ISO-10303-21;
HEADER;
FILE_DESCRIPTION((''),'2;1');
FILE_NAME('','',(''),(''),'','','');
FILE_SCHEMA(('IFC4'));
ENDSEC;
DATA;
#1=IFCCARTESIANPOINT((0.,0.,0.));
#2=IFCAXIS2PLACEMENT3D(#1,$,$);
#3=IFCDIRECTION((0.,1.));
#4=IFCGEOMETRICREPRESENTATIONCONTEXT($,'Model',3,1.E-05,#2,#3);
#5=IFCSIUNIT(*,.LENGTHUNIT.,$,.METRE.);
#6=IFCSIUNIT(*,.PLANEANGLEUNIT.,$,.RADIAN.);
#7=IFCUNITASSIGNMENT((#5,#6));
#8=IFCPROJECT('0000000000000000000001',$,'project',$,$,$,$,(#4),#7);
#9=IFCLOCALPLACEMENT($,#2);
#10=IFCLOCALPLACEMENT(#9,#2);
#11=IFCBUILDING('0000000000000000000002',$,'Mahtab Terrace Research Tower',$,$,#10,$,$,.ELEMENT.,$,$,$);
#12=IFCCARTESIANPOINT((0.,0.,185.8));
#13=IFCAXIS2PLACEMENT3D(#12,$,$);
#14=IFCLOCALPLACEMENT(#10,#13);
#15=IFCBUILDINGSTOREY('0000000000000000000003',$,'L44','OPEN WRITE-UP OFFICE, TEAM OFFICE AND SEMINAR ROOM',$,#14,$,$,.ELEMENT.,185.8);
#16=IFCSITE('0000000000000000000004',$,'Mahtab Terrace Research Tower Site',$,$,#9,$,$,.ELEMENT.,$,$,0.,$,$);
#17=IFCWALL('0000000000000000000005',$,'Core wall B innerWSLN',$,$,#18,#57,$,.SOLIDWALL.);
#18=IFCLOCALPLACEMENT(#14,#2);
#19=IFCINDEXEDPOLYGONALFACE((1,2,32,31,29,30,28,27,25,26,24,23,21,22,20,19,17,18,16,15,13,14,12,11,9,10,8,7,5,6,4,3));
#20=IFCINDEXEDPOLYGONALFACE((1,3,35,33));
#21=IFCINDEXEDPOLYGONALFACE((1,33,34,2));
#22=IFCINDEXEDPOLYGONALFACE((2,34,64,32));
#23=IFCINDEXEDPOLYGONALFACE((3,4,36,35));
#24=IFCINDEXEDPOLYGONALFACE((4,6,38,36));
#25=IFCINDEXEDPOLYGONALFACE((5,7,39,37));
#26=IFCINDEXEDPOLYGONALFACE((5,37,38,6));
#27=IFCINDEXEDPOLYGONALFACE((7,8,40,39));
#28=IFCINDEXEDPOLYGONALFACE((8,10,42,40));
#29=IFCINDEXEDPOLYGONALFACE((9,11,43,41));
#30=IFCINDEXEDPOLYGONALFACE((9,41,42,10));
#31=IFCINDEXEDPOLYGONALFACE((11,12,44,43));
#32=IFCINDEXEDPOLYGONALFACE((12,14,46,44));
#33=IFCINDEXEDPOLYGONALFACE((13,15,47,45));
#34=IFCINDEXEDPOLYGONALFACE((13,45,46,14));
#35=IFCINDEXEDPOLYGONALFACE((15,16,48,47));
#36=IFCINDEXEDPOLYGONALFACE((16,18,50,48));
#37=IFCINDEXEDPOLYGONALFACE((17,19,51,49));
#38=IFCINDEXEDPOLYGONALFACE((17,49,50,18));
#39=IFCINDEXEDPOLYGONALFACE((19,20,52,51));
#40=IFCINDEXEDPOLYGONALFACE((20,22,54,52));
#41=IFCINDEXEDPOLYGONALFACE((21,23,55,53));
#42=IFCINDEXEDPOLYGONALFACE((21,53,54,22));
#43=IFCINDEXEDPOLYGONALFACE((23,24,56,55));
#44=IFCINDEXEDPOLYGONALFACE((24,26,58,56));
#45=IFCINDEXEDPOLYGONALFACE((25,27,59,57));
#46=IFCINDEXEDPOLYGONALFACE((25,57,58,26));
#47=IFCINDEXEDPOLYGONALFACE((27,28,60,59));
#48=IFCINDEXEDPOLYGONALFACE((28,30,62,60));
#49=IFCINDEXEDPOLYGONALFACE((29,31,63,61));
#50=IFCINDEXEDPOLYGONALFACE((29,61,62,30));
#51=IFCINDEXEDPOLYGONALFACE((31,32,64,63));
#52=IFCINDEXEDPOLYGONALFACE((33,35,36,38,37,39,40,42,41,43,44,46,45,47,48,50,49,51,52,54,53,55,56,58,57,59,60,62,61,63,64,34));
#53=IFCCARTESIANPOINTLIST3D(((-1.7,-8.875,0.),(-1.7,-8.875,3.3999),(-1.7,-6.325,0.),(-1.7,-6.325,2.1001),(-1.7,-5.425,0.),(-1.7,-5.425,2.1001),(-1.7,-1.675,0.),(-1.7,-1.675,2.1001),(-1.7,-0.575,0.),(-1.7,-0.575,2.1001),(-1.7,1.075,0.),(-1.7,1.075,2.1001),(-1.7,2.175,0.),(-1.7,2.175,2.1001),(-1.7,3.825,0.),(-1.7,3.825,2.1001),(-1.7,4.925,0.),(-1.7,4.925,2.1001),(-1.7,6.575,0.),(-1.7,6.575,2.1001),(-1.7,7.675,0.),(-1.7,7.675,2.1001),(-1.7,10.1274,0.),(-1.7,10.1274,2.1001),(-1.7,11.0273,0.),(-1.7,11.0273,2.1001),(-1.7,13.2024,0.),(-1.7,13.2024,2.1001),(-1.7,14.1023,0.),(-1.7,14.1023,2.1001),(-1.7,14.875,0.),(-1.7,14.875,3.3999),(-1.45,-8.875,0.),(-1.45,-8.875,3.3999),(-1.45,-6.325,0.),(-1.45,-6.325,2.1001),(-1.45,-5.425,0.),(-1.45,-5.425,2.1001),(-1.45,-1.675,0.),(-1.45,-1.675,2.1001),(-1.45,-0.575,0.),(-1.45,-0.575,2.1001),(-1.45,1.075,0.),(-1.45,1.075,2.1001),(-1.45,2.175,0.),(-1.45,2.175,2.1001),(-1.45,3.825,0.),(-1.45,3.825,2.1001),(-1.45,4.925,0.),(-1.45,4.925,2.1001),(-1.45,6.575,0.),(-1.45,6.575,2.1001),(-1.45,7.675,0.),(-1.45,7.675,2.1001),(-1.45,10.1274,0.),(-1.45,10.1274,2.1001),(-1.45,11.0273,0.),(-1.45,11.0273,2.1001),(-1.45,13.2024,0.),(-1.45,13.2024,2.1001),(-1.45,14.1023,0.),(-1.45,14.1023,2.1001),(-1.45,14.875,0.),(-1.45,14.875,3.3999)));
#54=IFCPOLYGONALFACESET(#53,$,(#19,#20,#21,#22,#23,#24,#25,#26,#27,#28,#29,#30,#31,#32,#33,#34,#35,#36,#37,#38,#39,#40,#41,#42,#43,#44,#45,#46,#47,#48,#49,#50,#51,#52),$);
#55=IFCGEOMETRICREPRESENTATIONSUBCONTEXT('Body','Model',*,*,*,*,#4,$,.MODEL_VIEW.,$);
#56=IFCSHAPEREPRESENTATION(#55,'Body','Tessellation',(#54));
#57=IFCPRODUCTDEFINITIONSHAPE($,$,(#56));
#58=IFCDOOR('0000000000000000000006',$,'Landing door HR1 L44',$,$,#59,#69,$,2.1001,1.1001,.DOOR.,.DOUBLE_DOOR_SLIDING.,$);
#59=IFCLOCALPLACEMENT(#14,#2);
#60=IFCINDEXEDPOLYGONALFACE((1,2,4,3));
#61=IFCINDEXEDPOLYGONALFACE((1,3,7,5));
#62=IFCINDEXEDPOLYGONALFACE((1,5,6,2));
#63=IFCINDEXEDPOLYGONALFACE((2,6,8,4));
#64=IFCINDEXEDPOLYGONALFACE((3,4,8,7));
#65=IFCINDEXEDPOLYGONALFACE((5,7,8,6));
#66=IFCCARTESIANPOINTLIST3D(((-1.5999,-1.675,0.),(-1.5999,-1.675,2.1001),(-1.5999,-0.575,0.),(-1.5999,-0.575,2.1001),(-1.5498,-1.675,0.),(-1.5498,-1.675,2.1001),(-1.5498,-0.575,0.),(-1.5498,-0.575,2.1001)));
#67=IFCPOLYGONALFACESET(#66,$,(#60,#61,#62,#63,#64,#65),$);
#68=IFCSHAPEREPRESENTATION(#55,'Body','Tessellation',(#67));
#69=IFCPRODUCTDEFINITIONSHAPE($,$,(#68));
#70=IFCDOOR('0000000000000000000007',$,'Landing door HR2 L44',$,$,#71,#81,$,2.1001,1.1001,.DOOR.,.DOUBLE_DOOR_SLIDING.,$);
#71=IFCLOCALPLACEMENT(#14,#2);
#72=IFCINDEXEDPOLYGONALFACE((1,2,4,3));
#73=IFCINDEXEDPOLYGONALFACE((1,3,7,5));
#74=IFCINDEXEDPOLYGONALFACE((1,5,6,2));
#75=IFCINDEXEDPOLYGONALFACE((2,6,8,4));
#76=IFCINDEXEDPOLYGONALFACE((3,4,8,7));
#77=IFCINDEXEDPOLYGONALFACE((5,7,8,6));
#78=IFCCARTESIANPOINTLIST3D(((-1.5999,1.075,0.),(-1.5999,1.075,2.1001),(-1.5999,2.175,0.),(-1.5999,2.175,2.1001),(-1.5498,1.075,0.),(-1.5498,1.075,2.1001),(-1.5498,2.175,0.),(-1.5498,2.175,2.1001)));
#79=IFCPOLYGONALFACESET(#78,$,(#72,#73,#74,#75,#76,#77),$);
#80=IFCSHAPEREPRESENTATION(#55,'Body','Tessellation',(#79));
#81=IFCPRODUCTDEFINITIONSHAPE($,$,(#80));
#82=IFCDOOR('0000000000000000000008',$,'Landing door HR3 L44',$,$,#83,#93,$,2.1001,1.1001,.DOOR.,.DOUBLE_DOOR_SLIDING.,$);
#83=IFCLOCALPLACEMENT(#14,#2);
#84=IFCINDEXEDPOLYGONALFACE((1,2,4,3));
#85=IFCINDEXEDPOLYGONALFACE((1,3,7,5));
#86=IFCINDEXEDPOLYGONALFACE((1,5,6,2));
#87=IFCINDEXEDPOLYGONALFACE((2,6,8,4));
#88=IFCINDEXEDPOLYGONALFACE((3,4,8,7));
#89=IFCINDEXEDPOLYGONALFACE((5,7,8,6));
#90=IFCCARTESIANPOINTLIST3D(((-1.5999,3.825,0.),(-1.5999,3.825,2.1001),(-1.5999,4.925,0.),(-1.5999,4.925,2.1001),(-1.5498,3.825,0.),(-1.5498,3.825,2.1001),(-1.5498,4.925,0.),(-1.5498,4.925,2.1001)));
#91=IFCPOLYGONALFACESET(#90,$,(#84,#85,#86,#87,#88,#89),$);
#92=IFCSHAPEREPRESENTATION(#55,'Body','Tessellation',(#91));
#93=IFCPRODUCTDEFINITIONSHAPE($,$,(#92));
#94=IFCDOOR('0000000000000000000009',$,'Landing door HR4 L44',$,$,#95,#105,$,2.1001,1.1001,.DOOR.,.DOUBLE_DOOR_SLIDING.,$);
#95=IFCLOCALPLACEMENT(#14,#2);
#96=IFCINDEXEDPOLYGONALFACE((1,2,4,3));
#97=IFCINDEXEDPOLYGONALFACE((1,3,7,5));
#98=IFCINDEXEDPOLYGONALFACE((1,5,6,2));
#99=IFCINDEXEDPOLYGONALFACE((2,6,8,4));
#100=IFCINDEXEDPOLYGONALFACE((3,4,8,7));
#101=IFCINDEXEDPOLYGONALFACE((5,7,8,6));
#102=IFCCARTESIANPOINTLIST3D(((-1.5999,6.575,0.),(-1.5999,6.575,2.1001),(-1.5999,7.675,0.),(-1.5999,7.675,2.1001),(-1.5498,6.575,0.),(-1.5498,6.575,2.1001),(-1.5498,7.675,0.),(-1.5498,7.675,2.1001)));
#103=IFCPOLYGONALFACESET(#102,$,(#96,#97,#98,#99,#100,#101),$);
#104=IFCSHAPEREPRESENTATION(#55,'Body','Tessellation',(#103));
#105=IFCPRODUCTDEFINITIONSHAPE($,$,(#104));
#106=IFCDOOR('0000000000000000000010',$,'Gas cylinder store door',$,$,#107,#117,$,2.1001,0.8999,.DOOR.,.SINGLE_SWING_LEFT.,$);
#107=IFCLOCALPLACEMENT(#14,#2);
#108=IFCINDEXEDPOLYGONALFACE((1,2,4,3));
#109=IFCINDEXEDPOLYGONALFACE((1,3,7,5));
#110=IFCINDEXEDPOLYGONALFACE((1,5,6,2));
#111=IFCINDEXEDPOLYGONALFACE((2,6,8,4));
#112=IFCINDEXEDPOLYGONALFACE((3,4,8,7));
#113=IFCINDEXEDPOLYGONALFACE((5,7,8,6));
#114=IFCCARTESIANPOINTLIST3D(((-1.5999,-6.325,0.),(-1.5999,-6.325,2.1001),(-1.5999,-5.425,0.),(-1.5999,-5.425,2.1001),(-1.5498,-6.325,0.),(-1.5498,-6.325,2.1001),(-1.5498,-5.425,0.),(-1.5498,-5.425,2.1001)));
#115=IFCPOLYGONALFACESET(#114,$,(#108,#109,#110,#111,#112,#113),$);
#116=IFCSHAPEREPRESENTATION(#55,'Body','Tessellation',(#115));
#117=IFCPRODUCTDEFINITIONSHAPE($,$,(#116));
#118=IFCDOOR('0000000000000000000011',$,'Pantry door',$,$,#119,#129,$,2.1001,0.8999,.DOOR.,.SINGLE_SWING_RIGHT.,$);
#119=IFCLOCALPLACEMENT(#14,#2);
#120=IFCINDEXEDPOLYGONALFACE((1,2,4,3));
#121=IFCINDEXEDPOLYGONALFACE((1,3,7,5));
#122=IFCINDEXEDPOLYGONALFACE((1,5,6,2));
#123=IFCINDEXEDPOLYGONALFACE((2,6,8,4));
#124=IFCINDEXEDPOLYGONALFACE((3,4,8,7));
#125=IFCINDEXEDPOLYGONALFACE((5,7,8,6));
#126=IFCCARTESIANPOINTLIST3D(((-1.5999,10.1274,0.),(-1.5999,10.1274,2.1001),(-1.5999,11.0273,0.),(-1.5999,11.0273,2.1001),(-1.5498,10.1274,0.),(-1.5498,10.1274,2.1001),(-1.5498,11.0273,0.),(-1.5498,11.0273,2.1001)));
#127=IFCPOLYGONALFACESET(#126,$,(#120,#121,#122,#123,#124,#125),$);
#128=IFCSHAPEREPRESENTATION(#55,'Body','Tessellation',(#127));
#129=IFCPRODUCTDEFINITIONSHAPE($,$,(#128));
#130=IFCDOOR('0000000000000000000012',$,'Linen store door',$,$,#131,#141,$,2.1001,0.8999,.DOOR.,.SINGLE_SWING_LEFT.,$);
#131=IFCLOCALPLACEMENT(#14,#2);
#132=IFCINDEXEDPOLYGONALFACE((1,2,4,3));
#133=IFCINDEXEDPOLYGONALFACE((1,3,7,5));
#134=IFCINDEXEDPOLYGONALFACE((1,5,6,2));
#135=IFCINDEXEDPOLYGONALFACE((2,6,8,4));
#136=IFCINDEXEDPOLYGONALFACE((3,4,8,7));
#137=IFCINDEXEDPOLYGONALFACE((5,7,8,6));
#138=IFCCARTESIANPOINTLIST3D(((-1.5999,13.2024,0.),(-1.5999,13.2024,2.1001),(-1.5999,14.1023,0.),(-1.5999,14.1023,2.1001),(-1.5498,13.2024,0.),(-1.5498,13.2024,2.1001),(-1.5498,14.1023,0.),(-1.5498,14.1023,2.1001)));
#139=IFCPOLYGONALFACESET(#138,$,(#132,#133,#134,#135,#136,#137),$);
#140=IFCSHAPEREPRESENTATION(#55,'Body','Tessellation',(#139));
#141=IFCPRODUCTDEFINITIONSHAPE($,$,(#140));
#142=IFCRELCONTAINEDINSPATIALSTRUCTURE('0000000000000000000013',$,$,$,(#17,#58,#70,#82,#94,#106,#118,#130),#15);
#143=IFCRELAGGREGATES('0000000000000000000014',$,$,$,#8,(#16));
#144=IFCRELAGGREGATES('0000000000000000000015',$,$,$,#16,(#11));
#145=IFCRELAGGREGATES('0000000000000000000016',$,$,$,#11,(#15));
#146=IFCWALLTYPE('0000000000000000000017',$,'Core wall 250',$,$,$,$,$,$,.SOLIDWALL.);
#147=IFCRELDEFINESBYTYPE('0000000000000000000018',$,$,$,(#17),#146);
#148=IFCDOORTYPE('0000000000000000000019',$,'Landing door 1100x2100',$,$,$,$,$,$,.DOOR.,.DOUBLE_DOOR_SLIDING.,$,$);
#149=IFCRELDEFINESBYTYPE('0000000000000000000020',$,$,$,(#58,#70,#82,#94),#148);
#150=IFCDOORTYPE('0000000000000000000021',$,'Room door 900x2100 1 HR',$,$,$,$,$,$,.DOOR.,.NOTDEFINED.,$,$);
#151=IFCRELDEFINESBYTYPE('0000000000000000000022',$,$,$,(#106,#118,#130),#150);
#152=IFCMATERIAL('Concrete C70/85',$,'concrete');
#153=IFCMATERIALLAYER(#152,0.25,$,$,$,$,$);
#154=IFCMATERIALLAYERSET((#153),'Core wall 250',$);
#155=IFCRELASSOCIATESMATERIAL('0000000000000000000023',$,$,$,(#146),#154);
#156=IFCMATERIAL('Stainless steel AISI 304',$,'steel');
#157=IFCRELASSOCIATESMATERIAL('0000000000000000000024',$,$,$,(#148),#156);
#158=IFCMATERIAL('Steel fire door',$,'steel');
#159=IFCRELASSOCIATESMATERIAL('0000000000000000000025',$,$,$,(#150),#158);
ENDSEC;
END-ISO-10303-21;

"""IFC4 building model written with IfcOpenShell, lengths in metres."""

from ifc_helpers import new_model, si_unit, direction, frame, frame_2d, origin, place, context, subcontext, project, spatial, rectangle, extrude, material, layer, layer_set, type_object, element, fill, save


model = new_model("IFC4")

# Units and contexts
model_context = context("Model", 3, precision=1e-05, world=origin(), true_north=direction((0.0, 1.0)))
body_context = subcontext(model_context, "Body", "Model", "MODEL_VIEW")
ifc_project = project(units=[si_unit("LENGTHUNIT", "METRE"), si_unit("PLANEANGLEUNIT", "RADIAN")], contexts=[model_context])

# Site, building, storey
site_placement = place(None, origin())
site = spatial("IfcSite", under=ifc_project, at=site_placement, Name="Mahtab Terrace Research Tower Site", CompositionType="ELEMENT", RefElevation=0.0)
building_placement = place(site_placement, origin())
building = spatial("IfcBuilding", under=site, at=building_placement, Name="Mahtab Terrace Research Tower", CompositionType="ELEMENT")
storey_placement = place(building_placement, frame((0.0, 0.0, 185.8)))
storey = spatial("IfcBuildingStorey", under=building, at=storey_placement, Name="L44", Description="OPEN WRITE-UP OFFICE, TEAM OFFICE AND SEMINAR ROOM", CompositionType="ELEMENT", Elevation=185.8)

# Shared definitions
ifc_material_1 = material(Name="Concrete C70/85", Category="concrete")

# Wall, openings, doors
ifc_layer_1 = layer(ifc_material_1, 0.25)
ifc_layer_set_1 = layer_set([ifc_layer_1], Name="Core wall 250")
wall_type_1 = type_object("IfcWallType", Name="Core wall 250", PredefinedType="SOLIDWALL", material=ifc_layer_set_1)
wall_1_placement = place(storey_placement, frame((-1.575, -8.875, 0.0), z_axis=(0.0, 0.0, 1.0), x_axis=(0.0, 1.0, 0.0)))
wall_1 = element("IfcWall", 1, at=wall_1_placement, inside=storey, type_object=wall_type_1, Name="Core wall B innerWSLN", PredefinedType="SOLIDWALL", context=body_context, shape_type="SweptSolid", body=[
    extrude(rectangle(XDim=23.75, YDim=0.25, at=frame_2d((11.875, 0.0))), origin(), (0.0, 0.0, 1.0), 3.3999),
])
opening_1_placement = place(wall_1_placement, frame((7.2, 0.0, 0.0)))
opening_1 = element("IfcOpeningElement", 2, at=opening_1_placement, cuts=wall_1, PredefinedType="OPENING", context=body_context, shape_type="SweptSolid", body=[
    extrude(rectangle(XDim=1.1001, YDim=2.1001, at=frame_2d((0.55, 1.05))), frame((0.0, 0.135, 0.0), z_axis=(0.0, -1.0, 0.0), x_axis=(1.0, 0.0, 0.0)), (0.0, 0.0, 1.0), 0.27),
])
opening_2_placement = place(wall_1_placement, frame((9.95, 0.0, 0.0)))
opening_2 = element("IfcOpeningElement", 3, at=opening_2_placement, cuts=wall_1, PredefinedType="OPENING", context=body_context, shape_type="SweptSolid", body=[
    extrude(rectangle(XDim=1.1001, YDim=2.1001, at=frame_2d((0.55, 1.05))), frame((0.0, 0.135, 0.0), z_axis=(0.0, -1.0, 0.0), x_axis=(1.0, 0.0, 0.0)), (0.0, 0.0, 1.0), 0.27),
])
opening_3_placement = place(wall_1_placement, frame((12.7, 0.0, 0.0)))
opening_3 = element("IfcOpeningElement", 4, at=opening_3_placement, cuts=wall_1, PredefinedType="OPENING", context=body_context, shape_type="SweptSolid", body=[
    extrude(rectangle(XDim=1.1001, YDim=2.1001, at=frame_2d((0.55, 1.05))), frame((0.0, 0.135, 0.0), z_axis=(0.0, -1.0, 0.0), x_axis=(1.0, 0.0, 0.0)), (0.0, 0.0, 1.0), 0.27),
])
opening_4_placement = place(wall_1_placement, frame((15.45, 0.0, 0.0)))
opening_4 = element("IfcOpeningElement", 5, at=opening_4_placement, cuts=wall_1, PredefinedType="OPENING", context=body_context, shape_type="SweptSolid", body=[
    extrude(rectangle(XDim=1.1001, YDim=2.1001, at=frame_2d((0.55, 1.05))), frame((0.0, 0.135, 0.0), z_axis=(0.0, -1.0, 0.0), x_axis=(1.0, 0.0, 0.0)), (0.0, 0.0, 1.0), 0.27),
])
opening_5_placement = place(wall_1_placement, frame((2.55, 0.0, 0.0)))
opening_5 = element("IfcOpeningElement", 6, at=opening_5_placement, cuts=wall_1, PredefinedType="OPENING", context=body_context, shape_type="SweptSolid", body=[
    extrude(rectangle(XDim=0.8999, YDim=2.1001, at=frame_2d((0.45, 1.05))), frame((0.0, 0.135, 0.0), z_axis=(0.0, -1.0, 0.0), x_axis=(1.0, 0.0, 0.0)), (0.0, 0.0, 1.0), 0.27),
])
opening_6_placement = place(wall_1_placement, frame((19.0024, 0.0, 0.0)))
opening_6 = element("IfcOpeningElement", 7, at=opening_6_placement, cuts=wall_1, PredefinedType="OPENING", context=body_context, shape_type="SweptSolid", body=[
    extrude(rectangle(XDim=0.8999, YDim=2.1001, at=frame_2d((0.45, 1.05))), frame((0.0, 0.135, 0.0), z_axis=(0.0, -1.0, 0.0), x_axis=(1.0, 0.0, 0.0)), (0.0, 0.0, 1.0), 0.27),
])
opening_7_placement = place(wall_1_placement, frame((22.0774, 0.0, 0.0)))
opening_7 = element("IfcOpeningElement", 8, at=opening_7_placement, cuts=wall_1, PredefinedType="OPENING", context=body_context, shape_type="SweptSolid", body=[
    extrude(rectangle(XDim=0.8999, YDim=2.1001, at=frame_2d((0.45, 1.05))), frame((0.0, 0.135, 0.0), z_axis=(0.0, -1.0, 0.0), x_axis=(1.0, 0.0, 0.0)), (0.0, 0.0, 1.0), 0.27),
])
ifc_material_2 = material(Name="Stainless steel AISI 304", Category="steel")
door_type_1 = type_object("IfcDoorType", Name="Landing door 1100x2100", OperationType="DOUBLE_DOOR_SLIDING", PredefinedType="DOOR", material=ifc_material_2)
door_1_placement = place(opening_1_placement, origin())
door_1 = element("IfcDoor", 9, at=door_1_placement, inside=storey, type_object=door_type_1, Name="Landing door HR1 L44", OperationType="DOUBLE_DOOR_SLIDING", OverallHeight=2.1001, OverallWidth=1.1001, PredefinedType="DOOR", context=body_context, shape_type="SweptSolid", body=[
    extrude(rectangle(XDim=1.1001, YDim=2.1001, at=frame_2d((0.55, 1.05))), frame((0.0, 0.0249, 0.0), z_axis=(0.0, -1.0, 0.0), x_axis=(1.0, 0.0, 0.0)), (0.0, 0.0, 1.0), 0.05),
])
fill(opening_1, door_1)
door_2_placement = place(opening_2_placement, origin())
door_2 = element("IfcDoor", 10, at=door_2_placement, inside=storey, type_object=door_type_1, Name="Landing door HR2 L44", OperationType="DOUBLE_DOOR_SLIDING", OverallHeight=2.1001, OverallWidth=1.1001, PredefinedType="DOOR", context=body_context, shape_type="SweptSolid", body=[
    extrude(rectangle(XDim=1.1001, YDim=2.1001, at=frame_2d((0.55, 1.05))), frame((0.0, 0.0249, 0.0), z_axis=(0.0, -1.0, 0.0), x_axis=(1.0, 0.0, 0.0)), (0.0, 0.0, 1.0), 0.05),
])
fill(opening_2, door_2)
door_3_placement = place(opening_3_placement, origin())
door_3 = element("IfcDoor", 11, at=door_3_placement, inside=storey, type_object=door_type_1, Name="Landing door HR3 L44", OperationType="DOUBLE_DOOR_SLIDING", OverallHeight=2.1001, OverallWidth=1.1001, PredefinedType="DOOR", context=body_context, shape_type="SweptSolid", body=[
    extrude(rectangle(XDim=1.1001, YDim=2.1001, at=frame_2d((0.55, 1.05))), frame((0.0, 0.0249, 0.0), z_axis=(0.0, -1.0, 0.0), x_axis=(1.0, 0.0, 0.0)), (0.0, 0.0, 1.0), 0.05),
])
fill(opening_3, door_3)
door_4_placement = place(opening_4_placement, origin())
door_4 = element("IfcDoor", 12, at=door_4_placement, inside=storey, type_object=door_type_1, Name="Landing door HR4 L44", OperationType="DOUBLE_DOOR_SLIDING", OverallHeight=2.1001, OverallWidth=1.1001, PredefinedType="DOOR", context=body_context, shape_type="SweptSolid", body=[
    extrude(rectangle(XDim=1.1001, YDim=2.1001, at=frame_2d((0.55, 1.05))), frame((0.0, 0.0249, 0.0), z_axis=(0.0, -1.0, 0.0), x_axis=(1.0, 0.0, 0.0)), (0.0, 0.0, 1.0), 0.05),
])
fill(opening_4, door_4)
ifc_material_3 = material(Name="Steel fire door", Category="steel")
door_type_2 = type_object("IfcDoorType", Name="Room door 900x2100 1 HR", OperationType="NOTDEFINED", PredefinedType="DOOR", material=ifc_material_3)
door_5_placement = place(opening_5_placement, origin())
door_5 = element("IfcDoor", 13, at=door_5_placement, inside=storey, type_object=door_type_2, Name="Gas cylinder store door", OperationType="SINGLE_SWING_LEFT", OverallHeight=2.1001, OverallWidth=0.8999, PredefinedType="DOOR", context=body_context, shape_type="SweptSolid", body=[
    extrude(rectangle(XDim=0.8999, YDim=2.1001, at=frame_2d((0.45, 1.05))), frame((0.0, 0.0249, 0.0), z_axis=(0.0, -1.0, 0.0), x_axis=(1.0, 0.0, 0.0)), (0.0, 0.0, 1.0), 0.05),
])
fill(opening_5, door_5)
door_6_placement = place(opening_6_placement, origin())
door_6 = element("IfcDoor", 14, at=door_6_placement, inside=storey, type_object=door_type_2, Name="Pantry door", OperationType="SINGLE_SWING_RIGHT", OverallHeight=2.1001, OverallWidth=0.8999, PredefinedType="DOOR", context=body_context, shape_type="SweptSolid", body=[
    extrude(rectangle(XDim=0.8999, YDim=2.1001, at=frame_2d((0.45, 1.05))), frame((0.0, 0.0249, 0.0), z_axis=(0.0, -1.0, 0.0), x_axis=(1.0, 0.0, 0.0)), (0.0, 0.0, 1.0), 0.05),
])
fill(opening_6, door_6)
door_7_placement = place(opening_7_placement, origin())
door_7 = element("IfcDoor", 15, at=door_7_placement, inside=storey, type_object=door_type_2, Name="Linen store door", OperationType="SINGLE_SWING_LEFT", OverallHeight=2.1001, OverallWidth=0.8999, PredefinedType="DOOR", context=body_context, shape_type="SweptSolid", body=[
    extrude(rectangle(XDim=0.8999, YDim=2.1001, at=frame_2d((0.45, 1.05))), frame((0.0, 0.0249, 0.0), z_axis=(0.0, -1.0, 0.0), x_axis=(1.0, 0.0, 0.0)), (0.0, 0.0, 1.0), 0.05),
])
fill(opening_7, door_7)

save(model, "model.ifc")
